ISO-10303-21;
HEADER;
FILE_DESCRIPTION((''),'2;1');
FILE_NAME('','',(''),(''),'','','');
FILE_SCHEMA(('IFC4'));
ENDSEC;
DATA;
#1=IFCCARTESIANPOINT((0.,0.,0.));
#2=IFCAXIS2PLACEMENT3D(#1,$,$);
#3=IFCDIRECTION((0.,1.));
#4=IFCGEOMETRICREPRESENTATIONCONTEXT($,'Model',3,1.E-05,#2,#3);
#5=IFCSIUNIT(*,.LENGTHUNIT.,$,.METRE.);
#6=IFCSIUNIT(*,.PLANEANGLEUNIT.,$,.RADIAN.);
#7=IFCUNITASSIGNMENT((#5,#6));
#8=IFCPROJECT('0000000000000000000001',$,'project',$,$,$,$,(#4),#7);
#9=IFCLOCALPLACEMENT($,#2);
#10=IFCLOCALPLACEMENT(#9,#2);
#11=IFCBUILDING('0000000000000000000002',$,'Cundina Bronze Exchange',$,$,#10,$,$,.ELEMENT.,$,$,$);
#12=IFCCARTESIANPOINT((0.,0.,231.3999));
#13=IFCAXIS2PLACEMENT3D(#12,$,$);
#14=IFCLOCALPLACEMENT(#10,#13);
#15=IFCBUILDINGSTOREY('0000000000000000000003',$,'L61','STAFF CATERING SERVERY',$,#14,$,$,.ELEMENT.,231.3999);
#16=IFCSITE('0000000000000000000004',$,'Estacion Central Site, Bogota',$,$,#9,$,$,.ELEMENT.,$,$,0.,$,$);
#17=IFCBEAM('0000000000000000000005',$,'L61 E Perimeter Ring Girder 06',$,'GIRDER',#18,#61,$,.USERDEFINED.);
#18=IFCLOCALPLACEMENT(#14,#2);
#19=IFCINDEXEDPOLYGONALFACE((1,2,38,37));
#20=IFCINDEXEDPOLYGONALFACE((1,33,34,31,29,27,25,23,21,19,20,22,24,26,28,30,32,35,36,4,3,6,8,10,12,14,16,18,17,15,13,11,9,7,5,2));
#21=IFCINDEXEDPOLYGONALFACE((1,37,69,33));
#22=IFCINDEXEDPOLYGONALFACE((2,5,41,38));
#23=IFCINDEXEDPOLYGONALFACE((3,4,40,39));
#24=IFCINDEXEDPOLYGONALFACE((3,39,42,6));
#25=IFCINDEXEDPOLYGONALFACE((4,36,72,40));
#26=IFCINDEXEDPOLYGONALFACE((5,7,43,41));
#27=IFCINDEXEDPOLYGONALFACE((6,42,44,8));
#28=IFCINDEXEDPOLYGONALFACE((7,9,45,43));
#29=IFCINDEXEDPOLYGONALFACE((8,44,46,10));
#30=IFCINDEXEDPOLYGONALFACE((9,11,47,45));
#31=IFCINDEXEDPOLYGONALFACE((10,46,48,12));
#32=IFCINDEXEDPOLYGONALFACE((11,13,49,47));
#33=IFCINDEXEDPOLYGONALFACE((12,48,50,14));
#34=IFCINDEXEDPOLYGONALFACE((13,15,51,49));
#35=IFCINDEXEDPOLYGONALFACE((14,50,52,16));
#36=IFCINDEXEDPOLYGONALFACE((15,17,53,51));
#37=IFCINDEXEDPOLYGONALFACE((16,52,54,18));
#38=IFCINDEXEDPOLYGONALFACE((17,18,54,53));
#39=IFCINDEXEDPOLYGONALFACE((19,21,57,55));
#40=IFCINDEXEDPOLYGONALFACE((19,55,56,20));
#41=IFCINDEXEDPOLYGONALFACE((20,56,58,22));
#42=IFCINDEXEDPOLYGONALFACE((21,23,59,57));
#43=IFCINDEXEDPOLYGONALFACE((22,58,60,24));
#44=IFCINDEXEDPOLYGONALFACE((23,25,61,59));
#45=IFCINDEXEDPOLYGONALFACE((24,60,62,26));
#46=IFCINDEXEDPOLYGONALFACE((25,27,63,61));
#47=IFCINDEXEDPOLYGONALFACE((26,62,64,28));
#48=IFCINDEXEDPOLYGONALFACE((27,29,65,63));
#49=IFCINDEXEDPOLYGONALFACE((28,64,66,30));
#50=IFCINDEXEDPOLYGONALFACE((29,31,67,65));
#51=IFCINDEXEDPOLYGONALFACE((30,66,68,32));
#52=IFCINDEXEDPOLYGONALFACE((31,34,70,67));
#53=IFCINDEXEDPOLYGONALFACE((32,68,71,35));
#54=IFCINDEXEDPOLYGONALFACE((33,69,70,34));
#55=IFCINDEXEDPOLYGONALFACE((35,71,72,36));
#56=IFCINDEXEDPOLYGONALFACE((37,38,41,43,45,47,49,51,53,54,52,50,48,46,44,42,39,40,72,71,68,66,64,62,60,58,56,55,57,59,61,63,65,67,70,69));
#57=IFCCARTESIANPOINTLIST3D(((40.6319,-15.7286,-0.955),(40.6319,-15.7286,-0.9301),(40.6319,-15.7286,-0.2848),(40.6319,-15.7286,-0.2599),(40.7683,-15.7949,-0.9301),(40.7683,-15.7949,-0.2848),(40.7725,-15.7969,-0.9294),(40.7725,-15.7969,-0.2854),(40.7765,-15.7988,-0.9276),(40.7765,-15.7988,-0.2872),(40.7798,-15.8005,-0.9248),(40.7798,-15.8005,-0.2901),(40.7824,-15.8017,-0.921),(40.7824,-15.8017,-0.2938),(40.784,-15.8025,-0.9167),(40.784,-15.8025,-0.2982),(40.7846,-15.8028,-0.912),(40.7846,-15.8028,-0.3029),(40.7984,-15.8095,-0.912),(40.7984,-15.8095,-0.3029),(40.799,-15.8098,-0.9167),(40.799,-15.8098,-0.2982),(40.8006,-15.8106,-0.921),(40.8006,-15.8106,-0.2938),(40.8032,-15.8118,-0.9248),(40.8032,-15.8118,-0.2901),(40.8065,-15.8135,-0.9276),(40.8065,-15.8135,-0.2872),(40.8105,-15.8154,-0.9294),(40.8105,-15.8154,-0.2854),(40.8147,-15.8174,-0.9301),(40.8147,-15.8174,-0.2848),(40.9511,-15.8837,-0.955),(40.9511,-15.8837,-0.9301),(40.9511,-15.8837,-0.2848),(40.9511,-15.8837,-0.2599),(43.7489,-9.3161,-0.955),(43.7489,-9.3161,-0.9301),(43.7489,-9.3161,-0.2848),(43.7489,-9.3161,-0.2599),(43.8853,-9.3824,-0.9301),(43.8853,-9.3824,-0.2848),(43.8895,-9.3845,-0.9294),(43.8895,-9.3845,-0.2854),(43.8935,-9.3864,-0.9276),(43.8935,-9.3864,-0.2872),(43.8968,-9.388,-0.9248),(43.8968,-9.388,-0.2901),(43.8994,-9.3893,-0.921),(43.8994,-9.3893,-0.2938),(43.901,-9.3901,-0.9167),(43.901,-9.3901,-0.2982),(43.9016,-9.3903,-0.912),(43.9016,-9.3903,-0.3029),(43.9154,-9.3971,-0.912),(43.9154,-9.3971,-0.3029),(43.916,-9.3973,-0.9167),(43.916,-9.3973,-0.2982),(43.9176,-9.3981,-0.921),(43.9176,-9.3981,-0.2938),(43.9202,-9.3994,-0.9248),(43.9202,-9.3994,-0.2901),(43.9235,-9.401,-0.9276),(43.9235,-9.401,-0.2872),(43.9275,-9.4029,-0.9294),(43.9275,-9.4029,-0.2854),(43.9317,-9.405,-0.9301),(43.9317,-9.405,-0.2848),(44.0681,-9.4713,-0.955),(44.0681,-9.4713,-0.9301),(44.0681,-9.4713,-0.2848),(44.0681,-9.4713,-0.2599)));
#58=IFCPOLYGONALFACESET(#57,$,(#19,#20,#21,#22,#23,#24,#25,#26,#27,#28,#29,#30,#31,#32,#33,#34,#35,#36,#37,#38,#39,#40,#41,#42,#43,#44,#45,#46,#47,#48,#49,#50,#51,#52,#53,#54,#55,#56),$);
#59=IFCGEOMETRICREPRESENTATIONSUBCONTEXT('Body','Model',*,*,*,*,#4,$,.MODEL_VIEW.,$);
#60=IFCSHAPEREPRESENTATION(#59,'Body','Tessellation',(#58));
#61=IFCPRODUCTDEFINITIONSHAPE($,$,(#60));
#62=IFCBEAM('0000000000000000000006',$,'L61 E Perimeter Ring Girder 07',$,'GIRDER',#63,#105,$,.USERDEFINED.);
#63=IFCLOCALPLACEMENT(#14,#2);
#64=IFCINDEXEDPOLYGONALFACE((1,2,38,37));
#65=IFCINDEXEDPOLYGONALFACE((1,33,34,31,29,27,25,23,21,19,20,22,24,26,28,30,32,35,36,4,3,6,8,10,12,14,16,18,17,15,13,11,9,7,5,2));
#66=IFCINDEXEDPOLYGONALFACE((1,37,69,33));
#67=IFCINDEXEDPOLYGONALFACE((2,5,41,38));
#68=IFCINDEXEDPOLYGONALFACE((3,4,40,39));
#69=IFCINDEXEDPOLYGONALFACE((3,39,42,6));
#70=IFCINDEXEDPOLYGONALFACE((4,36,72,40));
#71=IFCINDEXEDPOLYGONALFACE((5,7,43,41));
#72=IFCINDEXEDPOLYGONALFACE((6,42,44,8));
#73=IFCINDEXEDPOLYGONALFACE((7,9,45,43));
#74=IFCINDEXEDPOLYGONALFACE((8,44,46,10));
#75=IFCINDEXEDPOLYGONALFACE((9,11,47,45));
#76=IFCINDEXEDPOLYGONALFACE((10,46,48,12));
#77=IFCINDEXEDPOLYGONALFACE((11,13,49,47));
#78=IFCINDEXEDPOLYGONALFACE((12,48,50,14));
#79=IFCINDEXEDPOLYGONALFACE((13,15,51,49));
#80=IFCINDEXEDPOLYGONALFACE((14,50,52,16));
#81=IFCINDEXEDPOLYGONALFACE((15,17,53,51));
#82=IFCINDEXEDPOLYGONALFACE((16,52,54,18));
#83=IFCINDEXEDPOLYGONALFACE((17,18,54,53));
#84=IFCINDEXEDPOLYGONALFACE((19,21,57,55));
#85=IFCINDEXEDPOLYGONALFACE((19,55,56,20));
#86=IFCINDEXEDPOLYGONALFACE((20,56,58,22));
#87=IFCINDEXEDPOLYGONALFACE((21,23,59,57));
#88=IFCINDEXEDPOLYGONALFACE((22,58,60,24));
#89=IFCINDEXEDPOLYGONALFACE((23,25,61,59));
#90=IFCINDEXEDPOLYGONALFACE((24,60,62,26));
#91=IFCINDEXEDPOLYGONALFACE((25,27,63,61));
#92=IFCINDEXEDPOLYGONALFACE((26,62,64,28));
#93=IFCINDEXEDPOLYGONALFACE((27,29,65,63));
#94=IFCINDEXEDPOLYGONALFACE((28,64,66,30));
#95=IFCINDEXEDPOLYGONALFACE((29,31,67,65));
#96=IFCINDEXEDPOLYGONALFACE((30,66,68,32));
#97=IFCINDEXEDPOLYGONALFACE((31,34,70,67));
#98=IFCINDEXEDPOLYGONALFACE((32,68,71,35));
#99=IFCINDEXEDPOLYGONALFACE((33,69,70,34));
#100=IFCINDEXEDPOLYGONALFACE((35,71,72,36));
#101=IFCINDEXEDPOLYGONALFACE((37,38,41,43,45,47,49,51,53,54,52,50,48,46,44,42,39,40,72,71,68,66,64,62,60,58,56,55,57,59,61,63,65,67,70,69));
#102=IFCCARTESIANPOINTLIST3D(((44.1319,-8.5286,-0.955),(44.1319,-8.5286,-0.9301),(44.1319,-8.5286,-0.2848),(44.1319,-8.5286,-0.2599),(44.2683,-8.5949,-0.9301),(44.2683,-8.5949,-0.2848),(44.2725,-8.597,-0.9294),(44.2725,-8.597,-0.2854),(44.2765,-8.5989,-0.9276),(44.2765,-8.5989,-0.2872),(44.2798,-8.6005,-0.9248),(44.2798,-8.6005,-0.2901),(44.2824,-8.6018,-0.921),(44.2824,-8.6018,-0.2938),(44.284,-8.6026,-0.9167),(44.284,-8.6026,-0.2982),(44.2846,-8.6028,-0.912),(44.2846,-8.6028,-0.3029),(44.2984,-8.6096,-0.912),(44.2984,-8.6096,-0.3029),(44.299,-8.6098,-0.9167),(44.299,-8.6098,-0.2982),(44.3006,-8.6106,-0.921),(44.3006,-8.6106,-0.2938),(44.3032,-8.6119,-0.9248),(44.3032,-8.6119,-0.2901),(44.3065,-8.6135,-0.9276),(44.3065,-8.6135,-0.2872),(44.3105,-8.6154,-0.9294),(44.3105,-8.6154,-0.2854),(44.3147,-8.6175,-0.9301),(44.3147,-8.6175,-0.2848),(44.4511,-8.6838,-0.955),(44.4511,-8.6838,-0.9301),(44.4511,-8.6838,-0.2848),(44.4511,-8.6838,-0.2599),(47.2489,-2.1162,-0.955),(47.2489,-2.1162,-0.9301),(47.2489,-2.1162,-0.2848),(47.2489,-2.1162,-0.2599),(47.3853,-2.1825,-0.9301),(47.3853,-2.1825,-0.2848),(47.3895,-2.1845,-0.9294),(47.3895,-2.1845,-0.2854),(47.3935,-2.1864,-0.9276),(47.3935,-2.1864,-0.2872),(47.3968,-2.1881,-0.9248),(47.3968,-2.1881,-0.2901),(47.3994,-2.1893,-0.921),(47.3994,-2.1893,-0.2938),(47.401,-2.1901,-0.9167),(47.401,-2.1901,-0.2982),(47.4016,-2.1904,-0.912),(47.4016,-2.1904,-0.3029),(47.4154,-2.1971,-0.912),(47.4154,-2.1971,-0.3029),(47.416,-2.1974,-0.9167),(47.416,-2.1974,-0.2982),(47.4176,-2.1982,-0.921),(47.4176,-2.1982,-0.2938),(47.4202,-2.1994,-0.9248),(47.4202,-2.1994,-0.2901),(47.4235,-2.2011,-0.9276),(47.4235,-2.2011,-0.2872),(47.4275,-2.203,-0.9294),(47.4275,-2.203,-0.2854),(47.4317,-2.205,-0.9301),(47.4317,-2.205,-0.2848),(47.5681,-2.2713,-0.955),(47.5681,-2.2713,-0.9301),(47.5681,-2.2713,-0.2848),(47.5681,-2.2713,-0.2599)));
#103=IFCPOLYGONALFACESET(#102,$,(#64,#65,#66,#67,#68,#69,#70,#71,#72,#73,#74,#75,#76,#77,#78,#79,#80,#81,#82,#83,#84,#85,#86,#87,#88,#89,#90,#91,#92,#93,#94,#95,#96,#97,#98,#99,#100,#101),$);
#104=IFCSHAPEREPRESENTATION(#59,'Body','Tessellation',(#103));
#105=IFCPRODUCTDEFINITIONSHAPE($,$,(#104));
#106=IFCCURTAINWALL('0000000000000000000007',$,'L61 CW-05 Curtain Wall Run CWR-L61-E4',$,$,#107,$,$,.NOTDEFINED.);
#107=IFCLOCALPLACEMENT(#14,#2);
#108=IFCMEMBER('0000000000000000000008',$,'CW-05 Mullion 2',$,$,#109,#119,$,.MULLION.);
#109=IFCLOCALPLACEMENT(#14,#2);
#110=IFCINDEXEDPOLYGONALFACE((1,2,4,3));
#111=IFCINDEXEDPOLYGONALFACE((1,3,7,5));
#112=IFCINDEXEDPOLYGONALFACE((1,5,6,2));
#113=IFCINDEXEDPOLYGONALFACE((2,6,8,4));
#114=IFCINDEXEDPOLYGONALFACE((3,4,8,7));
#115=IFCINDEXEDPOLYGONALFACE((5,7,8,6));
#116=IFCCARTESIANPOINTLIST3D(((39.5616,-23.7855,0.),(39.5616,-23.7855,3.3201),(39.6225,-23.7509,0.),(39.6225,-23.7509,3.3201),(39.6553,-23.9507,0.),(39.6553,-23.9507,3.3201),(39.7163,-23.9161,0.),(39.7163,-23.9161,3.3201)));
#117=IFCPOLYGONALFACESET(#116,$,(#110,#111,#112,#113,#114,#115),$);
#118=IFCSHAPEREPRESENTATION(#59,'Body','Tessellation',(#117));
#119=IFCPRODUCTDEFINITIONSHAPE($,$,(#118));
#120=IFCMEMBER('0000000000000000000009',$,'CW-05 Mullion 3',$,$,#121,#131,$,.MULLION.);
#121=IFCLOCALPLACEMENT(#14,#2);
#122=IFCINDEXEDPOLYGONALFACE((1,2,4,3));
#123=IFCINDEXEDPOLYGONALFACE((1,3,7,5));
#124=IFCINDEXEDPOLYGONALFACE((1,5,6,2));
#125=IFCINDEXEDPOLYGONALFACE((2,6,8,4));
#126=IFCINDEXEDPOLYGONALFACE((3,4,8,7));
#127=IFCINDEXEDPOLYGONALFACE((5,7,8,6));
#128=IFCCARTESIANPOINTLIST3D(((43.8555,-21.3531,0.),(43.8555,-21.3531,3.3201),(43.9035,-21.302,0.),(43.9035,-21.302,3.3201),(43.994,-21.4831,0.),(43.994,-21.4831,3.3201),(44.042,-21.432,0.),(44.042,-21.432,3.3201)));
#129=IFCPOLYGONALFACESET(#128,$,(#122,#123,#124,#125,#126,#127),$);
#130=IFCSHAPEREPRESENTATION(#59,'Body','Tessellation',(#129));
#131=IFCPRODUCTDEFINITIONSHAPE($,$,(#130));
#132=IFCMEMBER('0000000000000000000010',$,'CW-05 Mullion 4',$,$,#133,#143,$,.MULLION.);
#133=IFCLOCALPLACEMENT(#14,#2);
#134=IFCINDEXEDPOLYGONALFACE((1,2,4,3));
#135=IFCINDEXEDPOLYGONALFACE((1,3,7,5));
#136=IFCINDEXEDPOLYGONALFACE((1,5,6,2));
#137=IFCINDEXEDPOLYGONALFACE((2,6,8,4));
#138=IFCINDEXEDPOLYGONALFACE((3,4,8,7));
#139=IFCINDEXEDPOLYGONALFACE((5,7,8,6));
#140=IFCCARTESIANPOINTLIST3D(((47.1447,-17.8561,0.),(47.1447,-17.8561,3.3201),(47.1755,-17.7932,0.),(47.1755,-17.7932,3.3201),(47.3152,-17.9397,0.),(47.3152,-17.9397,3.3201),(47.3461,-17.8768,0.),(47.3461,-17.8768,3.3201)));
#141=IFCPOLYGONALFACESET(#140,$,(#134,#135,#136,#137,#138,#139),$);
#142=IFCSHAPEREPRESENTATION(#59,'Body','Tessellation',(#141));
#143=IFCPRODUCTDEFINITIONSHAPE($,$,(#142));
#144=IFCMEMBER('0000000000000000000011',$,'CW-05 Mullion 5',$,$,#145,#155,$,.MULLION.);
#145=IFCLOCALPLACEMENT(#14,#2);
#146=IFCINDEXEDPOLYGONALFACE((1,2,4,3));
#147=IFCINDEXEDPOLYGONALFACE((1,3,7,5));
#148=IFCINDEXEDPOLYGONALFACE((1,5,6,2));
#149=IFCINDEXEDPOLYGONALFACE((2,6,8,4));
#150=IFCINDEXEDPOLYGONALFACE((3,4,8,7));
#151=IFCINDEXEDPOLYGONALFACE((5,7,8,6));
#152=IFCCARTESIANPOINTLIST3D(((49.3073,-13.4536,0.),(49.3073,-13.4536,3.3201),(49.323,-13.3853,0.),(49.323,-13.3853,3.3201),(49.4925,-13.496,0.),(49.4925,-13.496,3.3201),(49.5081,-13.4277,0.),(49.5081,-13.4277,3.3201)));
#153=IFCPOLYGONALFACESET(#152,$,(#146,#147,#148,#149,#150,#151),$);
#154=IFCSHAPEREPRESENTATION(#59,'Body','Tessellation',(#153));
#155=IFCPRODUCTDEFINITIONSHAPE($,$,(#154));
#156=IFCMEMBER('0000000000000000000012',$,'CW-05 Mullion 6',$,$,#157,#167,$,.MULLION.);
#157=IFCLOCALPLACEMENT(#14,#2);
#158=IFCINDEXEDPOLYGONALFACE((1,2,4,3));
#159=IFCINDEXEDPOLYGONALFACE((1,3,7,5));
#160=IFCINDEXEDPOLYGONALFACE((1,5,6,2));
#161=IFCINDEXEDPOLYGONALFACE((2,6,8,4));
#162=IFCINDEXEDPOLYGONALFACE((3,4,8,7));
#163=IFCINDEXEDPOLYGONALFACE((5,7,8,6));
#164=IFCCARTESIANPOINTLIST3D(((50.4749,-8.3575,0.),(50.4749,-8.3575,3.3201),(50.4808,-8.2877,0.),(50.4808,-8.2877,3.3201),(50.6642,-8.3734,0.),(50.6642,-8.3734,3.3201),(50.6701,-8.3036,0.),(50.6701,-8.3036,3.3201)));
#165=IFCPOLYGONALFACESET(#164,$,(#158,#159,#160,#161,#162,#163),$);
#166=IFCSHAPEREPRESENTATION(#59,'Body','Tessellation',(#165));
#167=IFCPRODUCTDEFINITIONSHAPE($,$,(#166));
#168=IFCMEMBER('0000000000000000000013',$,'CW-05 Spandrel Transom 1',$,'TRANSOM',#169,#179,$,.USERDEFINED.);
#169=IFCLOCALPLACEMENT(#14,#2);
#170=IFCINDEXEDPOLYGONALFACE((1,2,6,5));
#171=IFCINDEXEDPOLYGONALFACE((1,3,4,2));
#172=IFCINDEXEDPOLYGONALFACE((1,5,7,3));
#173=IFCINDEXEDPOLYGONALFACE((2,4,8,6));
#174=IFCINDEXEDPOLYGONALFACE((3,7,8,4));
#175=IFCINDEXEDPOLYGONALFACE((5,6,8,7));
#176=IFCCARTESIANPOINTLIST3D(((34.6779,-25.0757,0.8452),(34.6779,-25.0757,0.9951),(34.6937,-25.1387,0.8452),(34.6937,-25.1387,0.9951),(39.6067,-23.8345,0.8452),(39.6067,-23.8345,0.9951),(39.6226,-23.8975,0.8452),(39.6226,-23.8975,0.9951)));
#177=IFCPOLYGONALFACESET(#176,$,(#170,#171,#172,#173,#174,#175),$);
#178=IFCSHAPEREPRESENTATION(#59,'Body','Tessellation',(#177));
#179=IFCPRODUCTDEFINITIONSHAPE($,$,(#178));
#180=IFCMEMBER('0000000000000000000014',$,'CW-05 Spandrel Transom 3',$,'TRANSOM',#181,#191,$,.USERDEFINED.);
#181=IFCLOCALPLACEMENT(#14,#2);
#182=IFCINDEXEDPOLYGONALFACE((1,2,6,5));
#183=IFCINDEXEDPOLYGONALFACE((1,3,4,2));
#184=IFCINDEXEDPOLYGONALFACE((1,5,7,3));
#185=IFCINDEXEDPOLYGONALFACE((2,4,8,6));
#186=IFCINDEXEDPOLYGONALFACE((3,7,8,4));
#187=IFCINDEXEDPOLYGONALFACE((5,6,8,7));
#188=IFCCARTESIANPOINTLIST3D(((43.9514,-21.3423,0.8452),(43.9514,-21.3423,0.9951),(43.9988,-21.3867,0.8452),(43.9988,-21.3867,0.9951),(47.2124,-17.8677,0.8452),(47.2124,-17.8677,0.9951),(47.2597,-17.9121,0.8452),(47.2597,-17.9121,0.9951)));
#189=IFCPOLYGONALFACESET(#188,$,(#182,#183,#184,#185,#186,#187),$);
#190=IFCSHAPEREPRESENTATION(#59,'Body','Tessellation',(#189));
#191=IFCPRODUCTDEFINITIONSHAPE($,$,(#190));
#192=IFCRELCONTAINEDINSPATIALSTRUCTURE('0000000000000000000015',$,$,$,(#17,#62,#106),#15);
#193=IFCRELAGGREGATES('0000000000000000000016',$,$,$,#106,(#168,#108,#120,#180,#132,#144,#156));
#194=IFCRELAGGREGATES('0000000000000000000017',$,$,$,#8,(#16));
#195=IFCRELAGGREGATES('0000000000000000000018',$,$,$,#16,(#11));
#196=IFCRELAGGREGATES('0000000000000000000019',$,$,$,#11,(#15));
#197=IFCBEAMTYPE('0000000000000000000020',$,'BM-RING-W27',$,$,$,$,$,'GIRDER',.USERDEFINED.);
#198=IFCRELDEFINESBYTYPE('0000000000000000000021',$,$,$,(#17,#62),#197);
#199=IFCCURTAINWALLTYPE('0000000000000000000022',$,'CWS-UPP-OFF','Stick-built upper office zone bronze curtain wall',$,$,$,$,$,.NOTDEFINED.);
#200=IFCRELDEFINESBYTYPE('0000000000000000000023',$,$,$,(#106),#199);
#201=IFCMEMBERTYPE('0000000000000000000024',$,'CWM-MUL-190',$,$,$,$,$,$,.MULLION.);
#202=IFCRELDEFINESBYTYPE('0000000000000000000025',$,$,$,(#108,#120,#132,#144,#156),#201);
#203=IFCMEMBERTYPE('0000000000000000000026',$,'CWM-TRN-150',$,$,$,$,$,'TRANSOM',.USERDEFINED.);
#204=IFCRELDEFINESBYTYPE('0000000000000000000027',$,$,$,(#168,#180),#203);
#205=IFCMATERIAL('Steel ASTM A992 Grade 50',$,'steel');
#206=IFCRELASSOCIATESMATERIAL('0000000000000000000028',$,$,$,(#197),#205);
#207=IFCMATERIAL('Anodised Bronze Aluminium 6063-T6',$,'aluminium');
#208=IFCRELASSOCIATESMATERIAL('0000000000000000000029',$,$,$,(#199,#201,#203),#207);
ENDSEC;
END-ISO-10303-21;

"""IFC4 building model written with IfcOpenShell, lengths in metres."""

from ifc_helpers import new_model, si_unit, direction, frame, origin, origin_2d, place, context, subcontext, project, spatial, rectangle, i_section, extrude, material, material_profile, profile_set, type_object, element, aggregate, save


model = new_model("IFC4")

# Units and contexts
model_context = context("Model", 3, precision=1e-05, world=origin(), true_north=direction((0.0, 1.0)))
body_context = subcontext(model_context, "Body", "Model", "MODEL_VIEW")
ifc_project = project(units=[si_unit("LENGTHUNIT", "METRE"), si_unit("PLANEANGLEUNIT", "RADIAN")], contexts=[model_context])

# Site, building, storey
site_placement = place(None, origin())
site = spatial("IfcSite", under=ifc_project, at=site_placement, Name="Estacion Central Site, Bogota", CompositionType="ELEMENT", RefElevation=0.0)
building_placement = place(site_placement, origin())
building = spatial("IfcBuilding", under=site, at=building_placement, Name="Cundina Bronze Exchange", CompositionType="ELEMENT")
storey_placement = place(building_placement, frame((0.0, 0.0, 231.3999)))
storey = spatial("IfcBuildingStorey", under=building, at=storey_placement, Name="L61", Description="STAFF CATERING SERVERY", CompositionType="ELEMENT", Elevation=231.3999)

# Beams
ifc_material_1 = material(Name="Steel ASTM A992 Grade 50", Category="steel")
ifc_material_profile_1 = material_profile(ifc_material_1, i_section(OverallWidth=0.355, OverallDepth=0.6951, WebThickness=0.0154, FlangeThickness=0.0249, FilletRadius=0.0181, at=origin_2d()), Name="W27X146", Category="steel")
ifc_profile_set_1 = profile_set([ifc_material_profile_1], Name="Steel ASTM A992 Grade 50")
beam_type_1 = type_object("IfcBeamType", Name="BM-RING-W27", ElementType="GIRDER", PredefinedType="USERDEFINED", material=ifc_profile_set_1)
for number, where, z_axis, x_axis, name in (
    (1, (40.7915, -15.8062, -0.6074), (0.437173, 0.899377, 0.0), (-0.899377, 0.437173, 0.0), "L61 E Perimeter Ring Girder 06"),
    (2, (44.2915, -8.6062, -0.6074), (0.437173, 0.899377, 0.0), (-0.899377, 0.437173, 0.0), "L61 E Perimeter Ring Girder 07"),
):
    element("IfcBeam", number, at=place(storey_placement, frame(where, z_axis=z_axis, x_axis=x_axis)), inside=storey, type_object=beam_type_1, Name=name, ObjectType="GIRDER", PredefinedType="USERDEFINED", context=body_context, shape_type="SweptSolid", body=[
        extrude(i_section(OverallWidth=0.355, OverallDepth=0.6951, WebThickness=0.0154, FlangeThickness=0.0249, FilletRadius=0.0181, at=origin_2d()), origin(), (0.0, 0.0, 1.0), 7.1299),
    ])

# Curtain wall, members
ifc_material_2 = material(Name="Anodised Bronze Aluminium 6063-T6", Category="aluminium")
curtain_wall_type = type_object("IfcCurtainWallType", Name="CWS-UPP-OFF", Description="Stick-built upper office zone bronze curtain wall", PredefinedType="NOTDEFINED", material=ifc_material_2)
curtain_wall_placement = place(storey_placement, origin())
curtain_wall = element("IfcCurtainWall", 3, at=curtain_wall_placement, inside=storey, type_object=curtain_wall_type, Name="L61 CW-05 Curtain Wall Run CWR-L61-E4", PredefinedType="NOTDEFINED")
ifc_material_profile_2 = material_profile(ifc_material_2, rectangle(XDim=0.0701, YDim=0.1899, at=origin_2d()), Name="AL70X190", Category="aluminium")
ifc_profile_set_2 = profile_set([ifc_material_profile_2], Name="Anodised Bronze Aluminium 6063-T6")
member_type_1 = type_object("IfcMemberType", Name="CWM-MUL-190", PredefinedType="MULLION", material=ifc_profile_set_2)
member_1_placement = place(storey_placement, frame((39.6389, -23.8508, 0.0), z_axis=(0.0, 0.0, 1.0), x_axis=(0.869581, 0.49379, 0.0)))
member_1 = element("IfcMember", 4, at=member_1_placement, type_object=member_type_1, Name="CW-05 Mullion 2", PredefinedType="MULLION", context=body_context, shape_type="SweptSolid", body=[
    extrude(rectangle(XDim=0.0701, YDim=0.1899, at=origin_2d()), origin(), (0.0, 0.0, 1.0), 3.3201),
])
member_2_placement = place(storey_placement, frame((43.9487, -21.3926, 0.0), z_axis=(0.0, 0.0, 1.0), x_axis=(0.684293, 0.729208, 0.0)))
member_2 = element("IfcMember", 5, at=member_2_placement, type_object=member_type_1, Name="CW-05 Mullion 3", PredefinedType="MULLION", context=body_context, shape_type="SweptSolid", body=[
    extrude(rectangle(XDim=0.0701, YDim=0.1899, at=origin_2d()), origin(), (0.0, 0.0, 1.0), 3.3201),
])
member_3_placement = place(storey_placement, frame((47.2454, -17.8665, 0.0), z_axis=(0.0, 0.0, 1.0), x_axis=(0.440566, 0.89772, 0.0)))
member_3 = element("IfcMember", 6, at=member_3_placement, type_object=member_type_1, Name="CW-05 Mullion 4", PredefinedType="MULLION", context=body_context, shape_type="SweptSolid", body=[
    extrude(rectangle(XDim=0.0701, YDim=0.1899, at=origin_2d()), origin(), (0.0, 0.0, 1.0), 3.3201),
])
member_4_placement = place(storey_placement, frame((49.4077, -13.4407, 0.0), z_axis=(0.0, 0.0, 1.0), x_axis=(0.22325, 0.974761, 0.0)))
member_4 = element("IfcMember", 7, at=member_4_placement, type_object=member_type_1, Name="CW-05 Mullion 5", PredefinedType="MULLION", context=body_context, shape_type="SweptSolid", body=[
    extrude(rectangle(XDim=0.0701, YDim=0.1899, at=origin_2d()), origin(), (0.0, 0.0, 1.0), 3.3201),
])
member_5_placement = place(storey_placement, frame((50.5725, -8.3306, 0.0), z_axis=(0.0, 0.0, 1.0), x_axis=(0.083678, 0.996493, 0.0)))
member_5 = element("IfcMember", 8, at=member_5_placement, type_object=member_type_1, Name="CW-05 Mullion 6", PredefinedType="MULLION", context=body_context, shape_type="SweptSolid", body=[
    extrude(rectangle(XDim=0.0701, YDim=0.1899, at=origin_2d()), origin(), (0.0, 0.0, 1.0), 3.3201),
])
ifc_material_profile_3 = material_profile(ifc_material_2, rectangle(XDim=0.0649, YDim=0.1499, at=origin_2d()), Name="AL65X150", Category="aluminium")
ifc_profile_set_3 = profile_set([ifc_material_profile_3], Name="Anodised Bronze Aluminium 6063-T6")
member_type_2 = type_object("IfcMemberType", Name="CWM-TRN-150", ElementType="TRANSOM", PredefinedType="USERDEFINED", material=ifc_profile_set_3)
member_6_placement = place(storey_placement, frame((34.6858, -25.1072, 0.9202), z_axis=(0.969726, 0.244197, 0.0), x_axis=(-0.244197, 0.969726, 0.0)))
member_6 = element("IfcMember", 9, at=member_6_placement, type_object=member_type_2, Name="CW-05 Spandrel Transom 1", ObjectType="TRANSOM", PredefinedType="USERDEFINED", context=body_context, shape_type="SweptSolid", body=[
    extrude(rectangle(XDim=0.0649, YDim=0.1499, at=origin_2d()), origin(), (0.0, 0.0, 1.0), 5.0828),
])
member_7_placement = place(storey_placement, frame((43.9751, -21.3645, 0.9202), z_axis=(0.684336, 0.729166, 0.0), x_axis=(-0.729166, 0.684336, 0.0)))
member_7 = element("IfcMember", 10, at=member_7_placement, type_object=member_type_2, Name="CW-05 Spandrel Transom 3", ObjectType="TRANSOM", PredefinedType="USERDEFINED", context=body_context, shape_type="SweptSolid", body=[
    extrude(rectangle(XDim=0.0649, YDim=0.1499, at=origin_2d()), origin(), (0.0, 0.0, 1.0), 4.7651),
])
aggregate(curtain_wall, [member_6, member_1, member_2, member_7, member_3, member_4, member_5])

save(model, "model.ifc")
